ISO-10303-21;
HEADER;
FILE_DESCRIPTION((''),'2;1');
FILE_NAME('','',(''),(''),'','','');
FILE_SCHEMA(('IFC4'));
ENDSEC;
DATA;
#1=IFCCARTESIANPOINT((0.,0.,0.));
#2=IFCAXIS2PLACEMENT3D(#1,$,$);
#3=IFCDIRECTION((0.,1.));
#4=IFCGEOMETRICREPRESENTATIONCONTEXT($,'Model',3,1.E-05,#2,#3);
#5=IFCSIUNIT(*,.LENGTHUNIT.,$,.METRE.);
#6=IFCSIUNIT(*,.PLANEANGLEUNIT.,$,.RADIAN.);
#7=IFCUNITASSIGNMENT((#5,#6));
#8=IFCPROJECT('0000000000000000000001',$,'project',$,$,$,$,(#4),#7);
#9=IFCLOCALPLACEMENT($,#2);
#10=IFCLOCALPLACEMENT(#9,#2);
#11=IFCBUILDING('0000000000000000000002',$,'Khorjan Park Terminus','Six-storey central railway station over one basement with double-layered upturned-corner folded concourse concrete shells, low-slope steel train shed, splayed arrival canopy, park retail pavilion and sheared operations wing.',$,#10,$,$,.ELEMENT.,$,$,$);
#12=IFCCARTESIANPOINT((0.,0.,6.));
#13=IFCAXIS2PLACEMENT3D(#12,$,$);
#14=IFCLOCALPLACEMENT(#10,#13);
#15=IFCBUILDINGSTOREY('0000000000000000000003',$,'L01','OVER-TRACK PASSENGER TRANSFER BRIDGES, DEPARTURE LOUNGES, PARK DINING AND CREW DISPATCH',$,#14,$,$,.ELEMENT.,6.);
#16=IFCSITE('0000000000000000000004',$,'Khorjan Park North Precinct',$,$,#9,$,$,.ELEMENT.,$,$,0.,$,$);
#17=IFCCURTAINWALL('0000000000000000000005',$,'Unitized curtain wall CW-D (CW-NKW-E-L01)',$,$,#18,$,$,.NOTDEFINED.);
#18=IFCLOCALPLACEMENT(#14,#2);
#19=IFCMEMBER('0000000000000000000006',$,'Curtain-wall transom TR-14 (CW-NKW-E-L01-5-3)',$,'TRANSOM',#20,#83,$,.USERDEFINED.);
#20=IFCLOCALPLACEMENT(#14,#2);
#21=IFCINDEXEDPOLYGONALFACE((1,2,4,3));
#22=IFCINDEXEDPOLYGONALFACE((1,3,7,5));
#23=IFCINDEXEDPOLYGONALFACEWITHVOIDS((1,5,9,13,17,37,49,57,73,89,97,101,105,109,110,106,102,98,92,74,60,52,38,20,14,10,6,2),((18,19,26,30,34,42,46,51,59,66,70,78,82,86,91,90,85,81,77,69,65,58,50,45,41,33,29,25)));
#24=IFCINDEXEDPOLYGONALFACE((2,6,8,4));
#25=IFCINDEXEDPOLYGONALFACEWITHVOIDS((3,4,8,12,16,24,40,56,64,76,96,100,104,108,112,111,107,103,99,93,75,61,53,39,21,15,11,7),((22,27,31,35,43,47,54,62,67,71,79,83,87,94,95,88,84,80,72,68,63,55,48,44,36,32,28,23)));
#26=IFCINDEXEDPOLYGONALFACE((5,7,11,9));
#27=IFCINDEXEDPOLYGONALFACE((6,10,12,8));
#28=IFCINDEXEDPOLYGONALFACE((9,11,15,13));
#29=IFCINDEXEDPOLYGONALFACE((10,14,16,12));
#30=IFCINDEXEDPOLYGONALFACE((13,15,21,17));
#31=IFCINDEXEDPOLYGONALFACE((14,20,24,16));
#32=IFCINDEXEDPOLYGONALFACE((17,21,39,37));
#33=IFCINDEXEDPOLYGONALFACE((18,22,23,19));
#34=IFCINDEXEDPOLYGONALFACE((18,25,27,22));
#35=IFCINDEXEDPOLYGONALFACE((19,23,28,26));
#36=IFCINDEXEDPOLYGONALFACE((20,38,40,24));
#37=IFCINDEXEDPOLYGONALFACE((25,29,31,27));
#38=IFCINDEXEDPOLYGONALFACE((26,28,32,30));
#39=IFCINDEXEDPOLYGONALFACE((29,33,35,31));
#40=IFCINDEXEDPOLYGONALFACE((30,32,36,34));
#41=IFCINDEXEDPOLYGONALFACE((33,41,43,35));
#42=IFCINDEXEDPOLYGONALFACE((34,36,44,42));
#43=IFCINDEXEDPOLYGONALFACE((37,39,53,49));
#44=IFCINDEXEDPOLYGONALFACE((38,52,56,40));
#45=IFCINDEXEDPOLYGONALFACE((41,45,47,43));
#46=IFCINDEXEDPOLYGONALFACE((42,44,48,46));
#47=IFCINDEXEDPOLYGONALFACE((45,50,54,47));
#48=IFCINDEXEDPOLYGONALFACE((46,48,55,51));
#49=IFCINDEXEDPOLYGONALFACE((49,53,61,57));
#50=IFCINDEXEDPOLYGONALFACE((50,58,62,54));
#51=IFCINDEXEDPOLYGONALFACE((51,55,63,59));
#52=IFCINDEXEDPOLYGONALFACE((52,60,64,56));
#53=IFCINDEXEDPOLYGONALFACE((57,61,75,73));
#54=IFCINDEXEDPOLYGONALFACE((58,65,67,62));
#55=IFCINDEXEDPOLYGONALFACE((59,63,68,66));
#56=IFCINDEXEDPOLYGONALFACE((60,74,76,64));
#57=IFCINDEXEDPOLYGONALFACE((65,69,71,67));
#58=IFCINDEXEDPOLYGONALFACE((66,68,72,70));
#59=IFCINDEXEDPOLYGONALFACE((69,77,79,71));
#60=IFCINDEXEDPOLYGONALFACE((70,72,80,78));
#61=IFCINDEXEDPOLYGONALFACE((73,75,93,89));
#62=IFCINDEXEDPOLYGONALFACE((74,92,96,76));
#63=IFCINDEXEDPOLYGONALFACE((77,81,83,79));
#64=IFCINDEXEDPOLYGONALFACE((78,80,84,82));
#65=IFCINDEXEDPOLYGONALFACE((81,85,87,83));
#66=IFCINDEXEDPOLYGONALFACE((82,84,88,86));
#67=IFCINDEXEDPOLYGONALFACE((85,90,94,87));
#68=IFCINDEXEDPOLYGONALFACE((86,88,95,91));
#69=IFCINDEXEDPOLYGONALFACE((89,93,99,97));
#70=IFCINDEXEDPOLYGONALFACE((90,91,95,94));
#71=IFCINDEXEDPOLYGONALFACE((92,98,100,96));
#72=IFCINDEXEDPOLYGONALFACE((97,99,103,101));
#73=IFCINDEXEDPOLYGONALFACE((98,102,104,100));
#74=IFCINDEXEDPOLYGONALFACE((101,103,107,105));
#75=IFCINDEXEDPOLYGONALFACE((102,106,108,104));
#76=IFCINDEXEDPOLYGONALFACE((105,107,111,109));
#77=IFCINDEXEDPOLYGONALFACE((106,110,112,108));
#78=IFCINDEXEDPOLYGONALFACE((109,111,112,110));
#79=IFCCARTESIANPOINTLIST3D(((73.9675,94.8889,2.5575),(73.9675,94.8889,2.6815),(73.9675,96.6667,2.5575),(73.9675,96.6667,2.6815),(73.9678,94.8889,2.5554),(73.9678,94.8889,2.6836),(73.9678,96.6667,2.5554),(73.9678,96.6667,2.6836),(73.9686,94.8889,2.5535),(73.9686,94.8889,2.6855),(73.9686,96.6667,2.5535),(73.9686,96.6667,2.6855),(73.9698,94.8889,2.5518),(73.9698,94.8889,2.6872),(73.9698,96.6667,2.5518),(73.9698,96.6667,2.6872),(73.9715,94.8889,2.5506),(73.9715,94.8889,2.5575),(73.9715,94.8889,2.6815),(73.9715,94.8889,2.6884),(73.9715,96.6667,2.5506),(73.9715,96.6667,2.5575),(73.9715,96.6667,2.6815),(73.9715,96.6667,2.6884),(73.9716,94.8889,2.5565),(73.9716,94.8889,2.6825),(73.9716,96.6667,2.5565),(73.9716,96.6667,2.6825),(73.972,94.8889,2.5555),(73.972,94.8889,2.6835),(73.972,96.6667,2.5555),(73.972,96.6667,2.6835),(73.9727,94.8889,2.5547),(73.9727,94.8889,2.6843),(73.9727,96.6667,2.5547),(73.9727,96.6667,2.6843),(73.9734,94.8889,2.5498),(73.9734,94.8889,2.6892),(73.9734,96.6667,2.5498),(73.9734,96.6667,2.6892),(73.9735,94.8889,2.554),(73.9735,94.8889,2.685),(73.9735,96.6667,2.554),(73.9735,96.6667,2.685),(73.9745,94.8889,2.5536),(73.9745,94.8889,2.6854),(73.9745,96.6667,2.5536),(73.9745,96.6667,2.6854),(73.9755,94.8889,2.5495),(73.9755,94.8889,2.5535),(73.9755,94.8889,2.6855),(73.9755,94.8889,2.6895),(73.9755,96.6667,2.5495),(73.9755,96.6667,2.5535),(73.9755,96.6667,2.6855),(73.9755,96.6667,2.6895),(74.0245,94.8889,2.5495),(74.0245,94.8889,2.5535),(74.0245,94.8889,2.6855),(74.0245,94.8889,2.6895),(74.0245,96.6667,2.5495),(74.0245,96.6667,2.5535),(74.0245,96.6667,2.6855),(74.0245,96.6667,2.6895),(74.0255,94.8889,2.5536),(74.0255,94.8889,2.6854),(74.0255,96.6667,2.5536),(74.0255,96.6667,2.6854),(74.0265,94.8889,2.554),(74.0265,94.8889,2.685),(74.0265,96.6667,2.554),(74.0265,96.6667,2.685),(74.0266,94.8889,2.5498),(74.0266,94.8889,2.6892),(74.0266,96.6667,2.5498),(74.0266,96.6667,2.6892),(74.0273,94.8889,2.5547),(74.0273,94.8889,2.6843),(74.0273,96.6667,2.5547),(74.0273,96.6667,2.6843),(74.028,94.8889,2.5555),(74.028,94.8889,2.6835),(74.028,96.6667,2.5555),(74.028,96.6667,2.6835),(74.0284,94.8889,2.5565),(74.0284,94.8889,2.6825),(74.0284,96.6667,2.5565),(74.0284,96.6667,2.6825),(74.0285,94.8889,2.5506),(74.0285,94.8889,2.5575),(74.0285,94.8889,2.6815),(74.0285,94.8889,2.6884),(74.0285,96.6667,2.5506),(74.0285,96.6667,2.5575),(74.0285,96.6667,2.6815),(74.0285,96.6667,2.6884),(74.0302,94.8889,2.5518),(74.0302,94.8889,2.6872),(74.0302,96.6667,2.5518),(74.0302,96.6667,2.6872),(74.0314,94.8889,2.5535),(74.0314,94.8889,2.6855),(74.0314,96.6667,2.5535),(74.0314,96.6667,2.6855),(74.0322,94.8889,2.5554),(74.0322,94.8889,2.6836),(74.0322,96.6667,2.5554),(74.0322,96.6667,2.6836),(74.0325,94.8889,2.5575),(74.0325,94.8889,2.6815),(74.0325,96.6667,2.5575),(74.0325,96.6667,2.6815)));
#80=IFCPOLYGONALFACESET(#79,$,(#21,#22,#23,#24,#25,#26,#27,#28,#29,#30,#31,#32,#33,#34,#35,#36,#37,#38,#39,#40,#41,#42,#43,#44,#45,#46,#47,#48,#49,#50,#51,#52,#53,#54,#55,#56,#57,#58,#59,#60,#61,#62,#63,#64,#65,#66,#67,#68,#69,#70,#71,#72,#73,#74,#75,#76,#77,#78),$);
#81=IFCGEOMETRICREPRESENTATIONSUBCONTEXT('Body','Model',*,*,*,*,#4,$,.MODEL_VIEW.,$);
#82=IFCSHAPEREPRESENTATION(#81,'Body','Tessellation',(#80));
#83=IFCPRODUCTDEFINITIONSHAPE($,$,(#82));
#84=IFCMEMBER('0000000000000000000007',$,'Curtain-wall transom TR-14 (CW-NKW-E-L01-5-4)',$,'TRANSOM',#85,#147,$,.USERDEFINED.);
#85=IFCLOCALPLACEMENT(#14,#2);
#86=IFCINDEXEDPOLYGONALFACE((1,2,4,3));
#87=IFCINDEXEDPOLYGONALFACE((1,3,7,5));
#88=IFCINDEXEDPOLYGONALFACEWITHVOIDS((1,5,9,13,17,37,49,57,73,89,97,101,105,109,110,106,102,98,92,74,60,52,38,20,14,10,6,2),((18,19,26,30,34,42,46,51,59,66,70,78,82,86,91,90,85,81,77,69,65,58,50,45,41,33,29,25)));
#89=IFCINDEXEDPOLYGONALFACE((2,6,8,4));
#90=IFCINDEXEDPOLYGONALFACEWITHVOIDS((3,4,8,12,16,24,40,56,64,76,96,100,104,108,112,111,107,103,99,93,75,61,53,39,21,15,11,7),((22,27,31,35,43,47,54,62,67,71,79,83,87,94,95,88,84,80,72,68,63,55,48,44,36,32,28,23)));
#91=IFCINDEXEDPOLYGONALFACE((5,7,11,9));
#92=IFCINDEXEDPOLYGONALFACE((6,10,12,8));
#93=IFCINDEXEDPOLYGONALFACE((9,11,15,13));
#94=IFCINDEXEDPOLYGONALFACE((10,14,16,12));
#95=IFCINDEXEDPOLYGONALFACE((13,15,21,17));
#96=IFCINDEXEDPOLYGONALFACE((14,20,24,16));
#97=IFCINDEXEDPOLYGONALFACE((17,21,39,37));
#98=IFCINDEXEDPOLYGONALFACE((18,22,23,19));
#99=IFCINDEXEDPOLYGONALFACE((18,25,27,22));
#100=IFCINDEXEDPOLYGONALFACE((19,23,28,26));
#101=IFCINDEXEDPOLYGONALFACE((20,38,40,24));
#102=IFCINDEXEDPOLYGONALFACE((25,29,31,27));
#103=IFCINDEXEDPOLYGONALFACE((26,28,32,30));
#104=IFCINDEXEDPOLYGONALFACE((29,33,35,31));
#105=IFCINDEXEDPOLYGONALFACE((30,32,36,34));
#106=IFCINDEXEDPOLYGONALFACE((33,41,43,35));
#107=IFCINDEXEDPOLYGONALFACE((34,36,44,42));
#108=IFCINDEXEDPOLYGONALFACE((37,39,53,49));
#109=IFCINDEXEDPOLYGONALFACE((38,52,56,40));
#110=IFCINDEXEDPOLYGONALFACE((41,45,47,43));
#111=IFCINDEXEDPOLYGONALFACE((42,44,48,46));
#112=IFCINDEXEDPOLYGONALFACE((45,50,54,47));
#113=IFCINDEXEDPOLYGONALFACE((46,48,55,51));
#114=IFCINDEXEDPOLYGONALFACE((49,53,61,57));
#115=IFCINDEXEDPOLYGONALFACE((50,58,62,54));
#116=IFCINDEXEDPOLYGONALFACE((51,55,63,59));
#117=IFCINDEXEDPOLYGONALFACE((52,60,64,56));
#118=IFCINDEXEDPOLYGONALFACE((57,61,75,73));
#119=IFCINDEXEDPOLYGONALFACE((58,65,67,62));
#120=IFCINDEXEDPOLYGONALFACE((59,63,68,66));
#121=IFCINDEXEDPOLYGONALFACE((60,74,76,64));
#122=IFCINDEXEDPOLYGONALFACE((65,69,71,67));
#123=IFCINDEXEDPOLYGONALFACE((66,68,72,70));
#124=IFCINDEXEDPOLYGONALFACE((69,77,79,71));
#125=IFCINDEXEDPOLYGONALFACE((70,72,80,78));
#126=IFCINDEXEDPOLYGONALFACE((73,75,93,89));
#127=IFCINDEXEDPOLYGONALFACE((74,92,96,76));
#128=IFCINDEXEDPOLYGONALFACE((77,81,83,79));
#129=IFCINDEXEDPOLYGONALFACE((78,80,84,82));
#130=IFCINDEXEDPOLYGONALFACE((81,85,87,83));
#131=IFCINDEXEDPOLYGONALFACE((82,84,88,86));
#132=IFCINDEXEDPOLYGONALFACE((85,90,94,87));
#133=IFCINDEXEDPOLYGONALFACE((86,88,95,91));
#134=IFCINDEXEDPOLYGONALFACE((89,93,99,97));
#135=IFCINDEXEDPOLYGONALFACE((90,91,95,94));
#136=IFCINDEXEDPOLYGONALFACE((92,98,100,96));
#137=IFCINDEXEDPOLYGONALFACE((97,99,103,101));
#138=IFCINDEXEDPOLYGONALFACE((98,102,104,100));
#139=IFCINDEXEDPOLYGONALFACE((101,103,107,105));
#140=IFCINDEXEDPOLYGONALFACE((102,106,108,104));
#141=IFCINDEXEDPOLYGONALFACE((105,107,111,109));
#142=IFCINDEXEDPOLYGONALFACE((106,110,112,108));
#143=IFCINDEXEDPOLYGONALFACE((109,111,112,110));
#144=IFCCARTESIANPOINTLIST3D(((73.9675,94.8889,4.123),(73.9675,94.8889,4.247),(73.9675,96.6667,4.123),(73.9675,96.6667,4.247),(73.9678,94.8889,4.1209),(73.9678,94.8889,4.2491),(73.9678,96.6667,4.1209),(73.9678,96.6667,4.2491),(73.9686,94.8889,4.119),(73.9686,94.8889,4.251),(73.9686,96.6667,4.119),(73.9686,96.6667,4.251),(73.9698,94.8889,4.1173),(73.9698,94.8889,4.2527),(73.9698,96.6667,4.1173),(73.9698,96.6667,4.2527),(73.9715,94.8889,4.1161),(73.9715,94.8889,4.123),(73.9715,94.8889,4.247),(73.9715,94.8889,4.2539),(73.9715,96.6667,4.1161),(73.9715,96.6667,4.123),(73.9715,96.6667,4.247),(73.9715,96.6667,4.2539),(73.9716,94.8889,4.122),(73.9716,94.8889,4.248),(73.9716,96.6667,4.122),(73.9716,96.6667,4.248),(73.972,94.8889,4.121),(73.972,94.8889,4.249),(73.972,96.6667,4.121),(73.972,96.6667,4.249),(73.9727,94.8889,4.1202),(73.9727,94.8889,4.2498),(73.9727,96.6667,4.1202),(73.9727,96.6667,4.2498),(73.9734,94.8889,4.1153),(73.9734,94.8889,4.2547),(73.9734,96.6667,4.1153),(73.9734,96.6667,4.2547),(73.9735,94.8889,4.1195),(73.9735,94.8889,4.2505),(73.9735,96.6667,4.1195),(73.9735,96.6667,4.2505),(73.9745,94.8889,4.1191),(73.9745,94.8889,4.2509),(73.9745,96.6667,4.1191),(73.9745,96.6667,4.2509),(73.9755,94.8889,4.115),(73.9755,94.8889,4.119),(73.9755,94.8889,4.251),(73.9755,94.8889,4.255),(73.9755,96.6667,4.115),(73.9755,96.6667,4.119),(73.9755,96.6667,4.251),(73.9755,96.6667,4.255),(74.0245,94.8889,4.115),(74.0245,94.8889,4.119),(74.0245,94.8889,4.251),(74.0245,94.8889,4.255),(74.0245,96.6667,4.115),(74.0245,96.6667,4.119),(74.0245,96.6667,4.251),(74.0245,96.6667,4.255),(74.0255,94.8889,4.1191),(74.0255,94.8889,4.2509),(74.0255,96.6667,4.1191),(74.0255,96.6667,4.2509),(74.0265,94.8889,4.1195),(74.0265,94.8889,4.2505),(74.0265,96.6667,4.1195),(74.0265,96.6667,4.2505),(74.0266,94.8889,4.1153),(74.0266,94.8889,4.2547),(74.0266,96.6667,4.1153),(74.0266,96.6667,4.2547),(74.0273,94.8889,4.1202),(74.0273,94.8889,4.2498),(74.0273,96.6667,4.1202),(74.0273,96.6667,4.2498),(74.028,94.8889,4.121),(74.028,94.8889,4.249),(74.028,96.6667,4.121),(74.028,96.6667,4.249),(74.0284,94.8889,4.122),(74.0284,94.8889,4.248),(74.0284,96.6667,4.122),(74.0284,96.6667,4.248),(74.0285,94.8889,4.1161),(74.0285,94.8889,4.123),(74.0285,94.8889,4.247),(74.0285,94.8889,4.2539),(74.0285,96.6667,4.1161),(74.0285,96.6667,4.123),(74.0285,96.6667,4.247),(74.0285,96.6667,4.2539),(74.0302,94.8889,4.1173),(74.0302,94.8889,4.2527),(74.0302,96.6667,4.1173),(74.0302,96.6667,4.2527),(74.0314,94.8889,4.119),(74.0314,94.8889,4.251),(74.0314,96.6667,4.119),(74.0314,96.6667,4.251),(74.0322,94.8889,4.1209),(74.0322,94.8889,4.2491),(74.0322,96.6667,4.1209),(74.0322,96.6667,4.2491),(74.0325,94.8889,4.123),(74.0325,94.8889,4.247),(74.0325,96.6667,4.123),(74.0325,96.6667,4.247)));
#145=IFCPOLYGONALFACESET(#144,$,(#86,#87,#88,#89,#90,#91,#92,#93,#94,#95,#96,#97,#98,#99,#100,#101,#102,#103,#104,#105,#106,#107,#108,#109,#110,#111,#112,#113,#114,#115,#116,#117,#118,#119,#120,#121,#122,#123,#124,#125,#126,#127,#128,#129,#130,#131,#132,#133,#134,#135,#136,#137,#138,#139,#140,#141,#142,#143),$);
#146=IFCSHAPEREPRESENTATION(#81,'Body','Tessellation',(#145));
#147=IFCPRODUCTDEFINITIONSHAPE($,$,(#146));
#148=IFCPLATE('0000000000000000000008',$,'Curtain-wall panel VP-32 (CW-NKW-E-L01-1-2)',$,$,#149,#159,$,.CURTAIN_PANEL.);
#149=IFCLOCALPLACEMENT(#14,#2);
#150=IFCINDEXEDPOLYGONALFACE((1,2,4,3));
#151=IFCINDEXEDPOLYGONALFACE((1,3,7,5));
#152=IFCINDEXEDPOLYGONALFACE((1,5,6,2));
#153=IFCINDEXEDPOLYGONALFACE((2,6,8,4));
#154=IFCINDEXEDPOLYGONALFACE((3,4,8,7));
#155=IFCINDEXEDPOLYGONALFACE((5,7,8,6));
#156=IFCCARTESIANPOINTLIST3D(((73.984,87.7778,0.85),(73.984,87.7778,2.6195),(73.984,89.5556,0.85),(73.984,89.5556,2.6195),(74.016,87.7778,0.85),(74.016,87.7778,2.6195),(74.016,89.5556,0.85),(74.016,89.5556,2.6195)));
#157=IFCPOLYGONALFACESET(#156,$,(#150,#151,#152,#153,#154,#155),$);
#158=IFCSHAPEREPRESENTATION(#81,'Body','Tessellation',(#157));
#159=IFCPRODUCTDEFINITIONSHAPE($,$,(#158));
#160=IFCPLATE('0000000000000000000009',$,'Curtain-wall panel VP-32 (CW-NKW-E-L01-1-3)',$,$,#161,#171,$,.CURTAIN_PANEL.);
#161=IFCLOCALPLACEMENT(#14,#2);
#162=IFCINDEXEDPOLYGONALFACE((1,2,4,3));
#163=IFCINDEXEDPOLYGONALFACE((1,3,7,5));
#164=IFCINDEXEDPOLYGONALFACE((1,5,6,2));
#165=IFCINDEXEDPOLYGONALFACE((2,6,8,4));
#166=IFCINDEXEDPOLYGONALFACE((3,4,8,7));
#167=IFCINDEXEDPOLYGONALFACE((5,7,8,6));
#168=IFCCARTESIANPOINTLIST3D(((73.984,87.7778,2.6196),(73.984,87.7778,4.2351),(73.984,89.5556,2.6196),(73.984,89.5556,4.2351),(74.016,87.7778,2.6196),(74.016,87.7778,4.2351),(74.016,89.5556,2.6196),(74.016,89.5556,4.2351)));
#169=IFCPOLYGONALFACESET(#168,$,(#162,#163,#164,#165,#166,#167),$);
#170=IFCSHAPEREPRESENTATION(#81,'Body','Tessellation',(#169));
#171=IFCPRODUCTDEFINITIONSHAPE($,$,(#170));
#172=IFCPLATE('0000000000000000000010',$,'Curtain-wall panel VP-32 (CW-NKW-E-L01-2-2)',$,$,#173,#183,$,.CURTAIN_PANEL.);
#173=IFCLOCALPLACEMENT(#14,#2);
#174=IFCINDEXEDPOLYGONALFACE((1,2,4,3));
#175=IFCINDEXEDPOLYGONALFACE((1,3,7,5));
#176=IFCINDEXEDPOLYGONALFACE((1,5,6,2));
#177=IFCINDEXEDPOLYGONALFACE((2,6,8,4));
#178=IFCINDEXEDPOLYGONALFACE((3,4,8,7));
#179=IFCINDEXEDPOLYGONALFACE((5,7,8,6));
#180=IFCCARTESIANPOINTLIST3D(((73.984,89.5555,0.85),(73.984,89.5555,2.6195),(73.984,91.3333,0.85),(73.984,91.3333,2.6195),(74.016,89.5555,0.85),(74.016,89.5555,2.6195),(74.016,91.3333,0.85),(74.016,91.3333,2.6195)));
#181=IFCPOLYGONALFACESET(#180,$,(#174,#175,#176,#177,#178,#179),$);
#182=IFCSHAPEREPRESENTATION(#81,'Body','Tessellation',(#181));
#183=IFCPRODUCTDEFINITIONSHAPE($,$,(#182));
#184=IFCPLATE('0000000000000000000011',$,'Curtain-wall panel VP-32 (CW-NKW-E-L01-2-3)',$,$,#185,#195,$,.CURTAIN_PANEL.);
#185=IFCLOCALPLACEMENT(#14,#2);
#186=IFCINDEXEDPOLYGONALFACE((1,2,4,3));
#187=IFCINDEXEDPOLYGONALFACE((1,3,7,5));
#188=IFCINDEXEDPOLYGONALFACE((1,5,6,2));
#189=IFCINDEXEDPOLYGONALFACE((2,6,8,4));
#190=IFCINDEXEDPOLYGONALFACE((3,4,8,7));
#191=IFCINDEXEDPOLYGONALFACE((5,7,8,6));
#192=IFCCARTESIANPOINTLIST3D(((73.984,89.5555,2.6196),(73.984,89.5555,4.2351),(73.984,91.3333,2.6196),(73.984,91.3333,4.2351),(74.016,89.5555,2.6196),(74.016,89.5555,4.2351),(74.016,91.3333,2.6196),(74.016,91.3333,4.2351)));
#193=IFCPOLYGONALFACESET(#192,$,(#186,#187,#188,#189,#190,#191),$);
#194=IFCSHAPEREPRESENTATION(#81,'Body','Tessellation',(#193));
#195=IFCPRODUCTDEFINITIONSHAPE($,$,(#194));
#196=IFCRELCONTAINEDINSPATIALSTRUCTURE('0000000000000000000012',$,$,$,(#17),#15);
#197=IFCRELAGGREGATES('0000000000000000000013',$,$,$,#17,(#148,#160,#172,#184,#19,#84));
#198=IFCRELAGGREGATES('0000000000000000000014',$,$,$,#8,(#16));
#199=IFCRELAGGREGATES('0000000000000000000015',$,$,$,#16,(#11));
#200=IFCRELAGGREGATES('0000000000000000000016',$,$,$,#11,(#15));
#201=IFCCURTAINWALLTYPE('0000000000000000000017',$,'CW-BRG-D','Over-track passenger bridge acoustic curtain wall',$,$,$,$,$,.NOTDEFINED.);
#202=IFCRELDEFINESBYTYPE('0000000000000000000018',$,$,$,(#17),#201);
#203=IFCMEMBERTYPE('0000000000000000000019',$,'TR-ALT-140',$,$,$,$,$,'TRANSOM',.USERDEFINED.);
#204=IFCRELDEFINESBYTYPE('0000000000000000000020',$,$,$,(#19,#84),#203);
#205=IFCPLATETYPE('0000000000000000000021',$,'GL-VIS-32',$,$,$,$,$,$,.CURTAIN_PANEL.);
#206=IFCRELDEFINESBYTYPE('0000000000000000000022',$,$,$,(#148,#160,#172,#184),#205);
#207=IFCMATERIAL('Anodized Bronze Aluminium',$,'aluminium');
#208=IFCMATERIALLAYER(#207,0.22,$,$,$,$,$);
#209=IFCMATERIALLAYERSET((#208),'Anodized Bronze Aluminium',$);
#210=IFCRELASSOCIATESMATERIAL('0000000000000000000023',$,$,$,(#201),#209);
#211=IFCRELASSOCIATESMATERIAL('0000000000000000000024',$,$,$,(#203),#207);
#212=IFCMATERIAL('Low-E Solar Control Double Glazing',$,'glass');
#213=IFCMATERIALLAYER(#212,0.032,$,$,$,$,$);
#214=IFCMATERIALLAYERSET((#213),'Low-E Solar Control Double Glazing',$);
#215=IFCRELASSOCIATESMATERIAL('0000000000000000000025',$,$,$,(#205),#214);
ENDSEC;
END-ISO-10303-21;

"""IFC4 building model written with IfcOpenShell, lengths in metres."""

from ifc_helpers import new_model, si_unit, direction, frame, origin, origin_2d, place, context, subcontext, project, spatial, rectangle, hollow_rectangle, extrude, material, layer, layer_set, material_profile, profile_set, type_object, element, aggregate, save


model = new_model("IFC4")

# Units and contexts
model_context = context("Model", 3, precision=1e-05, world=origin(), true_north=direction((0.0, 1.0)))
body_context = subcontext(model_context, "Body", "Model", "MODEL_VIEW")
ifc_project = project(units=[si_unit("LENGTHUNIT", "METRE"), si_unit("PLANEANGLEUNIT", "RADIAN")], contexts=[model_context])

# Site, building, storey
site_placement = place(None, origin())
site = spatial("IfcSite", under=ifc_project, at=site_placement, Name="Khorjan Park North Precinct", CompositionType="ELEMENT", RefElevation=0.0)
building_placement = place(site_placement, origin())
building = spatial("IfcBuilding", under=site, at=building_placement, Name="Khorjan Park Terminus", Description="Six-storey central railway station over one basement with double-layered upturned-corner folded concourse concrete shells, low-slope steel train shed, splayed arrival canopy, park retail pavilion and sheared operations wing.", CompositionType="ELEMENT")
storey_placement = place(building_placement, frame((0.0, 0.0, 6.0)))
storey = spatial("IfcBuildingStorey", under=building, at=storey_placement, Name="L01", Description="OVER-TRACK PASSENGER TRANSFER BRIDGES, DEPARTURE LOUNGES, PARK DINING AND CREW DISPATCH", CompositionType="ELEMENT", Elevation=6.0)

# Curtain wall, members, plates
ifc_material_1 = material(Name="Anodized Bronze Aluminium", Category="aluminium")
ifc_layer_1 = layer(ifc_material_1, 0.22)
ifc_layer_set_1 = layer_set([ifc_layer_1], Name="Anodized Bronze Aluminium")
curtain_wall_type = type_object("IfcCurtainWallType", Name="CW-BRG-D", Description="Over-track passenger bridge acoustic curtain wall", PredefinedType="NOTDEFINED", material=ifc_layer_set_1)
curtain_wall_placement = place(storey_placement, origin())
curtain_wall = element("IfcCurtainWall", 1, at=curtain_wall_placement, inside=storey, type_object=curtain_wall_type, Name="Unitized curtain wall CW-D (CW-NKW-E-L01)", PredefinedType="NOTDEFINED")
ifc_material_profile_1 = material_profile(ifc_material_1, hollow_rectangle(XDim=0.065, YDim=0.14, WallThickness=0.004, InnerFilletRadius=0.004, OuterFilletRadius=0.008, at=origin_2d()), Name="ALT 65x140x4")
ifc_profile_set_1 = profile_set([ifc_material_profile_1], Name="Anodized Bronze Aluminium")
member_type_1 = type_object("IfcMemberType", Name="TR-ALT-140", ElementType="TRANSOM", PredefinedType="USERDEFINED", material=ifc_profile_set_1)
member_1_placement = place(storey_placement, frame((74.0, 94.8889, 2.6195), z_axis=(0.0, 1.0, 0.0), x_axis=(-1.0, 0.0, 0.0)))
member_1 = element("IfcMember", 2, at=member_1_placement, type_object=member_type_1, Name="Curtain-wall transom TR-14 (CW-NKW-E-L01-5-3)", ObjectType="TRANSOM", PredefinedType="USERDEFINED", context=body_context, shape_type="SweptSolid", body=[
    extrude(hollow_rectangle(XDim=0.065, YDim=0.14, WallThickness=0.004, InnerFilletRadius=0.004, OuterFilletRadius=0.008, at=origin_2d()), origin(), (0.0, 0.0, 1.0), 1.7778),
])
member_2_placement = place(storey_placement, frame((74.0, 94.8889, 4.185), z_axis=(0.0, 1.0, 0.0), x_axis=(-1.0, 0.0, 0.0)))
member_2 = element("IfcMember", 3, at=member_2_placement, type_object=member_type_1, Name="Curtain-wall transom TR-14 (CW-NKW-E-L01-5-4)", ObjectType="TRANSOM", PredefinedType="USERDEFINED", context=body_context, shape_type="SweptSolid", body=[
    extrude(hollow_rectangle(XDim=0.065, YDim=0.14, WallThickness=0.004, InnerFilletRadius=0.004, OuterFilletRadius=0.008, at=origin_2d()), origin(), (0.0, 0.0, 1.0), 1.7778),
])
ifc_material_2 = material(Name="Low-E Solar Control Double Glazing", Category="glass")
ifc_layer_2 = layer(ifc_material_2, 0.032)
ifc_layer_set_2 = layer_set([ifc_layer_2], Name="Low-E Solar Control Double Glazing")
plate_type_1 = type_object("IfcPlateType", Name="GL-VIS-32", PredefinedType="CURTAIN_PANEL", material=ifc_layer_set_2)
plate_1_placement = place(storey_placement, frame((74.0, 88.6667, 0.85), z_axis=(0.0, 0.0, 1.0), x_axis=(0.0, 1.0, 0.0)))
plate_1 = element("IfcPlate", 4, at=plate_1_placement, type_object=plate_type_1, Name="Curtain-wall panel VP-32 (CW-NKW-E-L01-1-2)", PredefinedType="CURTAIN_PANEL", context=body_context, shape_type="SweptSolid", body=[
    extrude(rectangle(XDim=1.7778, YDim=0.032, at=origin_2d()), origin(), (0.0, 0.0, 1.0), 1.7695),
])
plate_2_placement = place(storey_placement, frame((74.0, 88.6667, 2.6196), z_axis=(0.0, 0.0, 1.0), x_axis=(0.0, 1.0, 0.0)))
plate_2 = element("IfcPlate", 5, at=plate_2_placement, type_object=plate_type_1, Name="Curtain-wall panel VP-32 (CW-NKW-E-L01-1-3)", PredefinedType="CURTAIN_PANEL", context=body_context, shape_type="SweptSolid", body=[
    extrude(rectangle(XDim=1.7778, YDim=0.032, at=origin_2d()), origin(), (0.0, 0.0, 1.0), 1.6155),
])
plate_3_placement = place(storey_placement, frame((74.0, 90.4444, 0.85), z_axis=(0.0, 0.0, 1.0), x_axis=(0.0, 1.0, 0.0)))
plate_3 = element("IfcPlate", 6, at=plate_3_placement, type_object=plate_type_1, Name="Curtain-wall panel VP-32 (CW-NKW-E-L01-2-2)", PredefinedType="CURTAIN_PANEL", context=body_context, shape_type="SweptSolid", body=[
    extrude(rectangle(XDim=1.7778, YDim=0.032, at=origin_2d()), origin(), (0.0, 0.0, 1.0), 1.7695),
])
plate_4_placement = place(storey_placement, frame((74.0, 90.4444, 2.6196), z_axis=(0.0, 0.0, 1.0), x_axis=(0.0, 1.0, 0.0)))
plate_4 = element("IfcPlate", 7, at=plate_4_placement, type_object=plate_type_1, Name="Curtain-wall panel VP-32 (CW-NKW-E-L01-2-3)", PredefinedType="CURTAIN_PANEL", context=body_context, shape_type="SweptSolid", body=[
    extrude(rectangle(XDim=1.7778, YDim=0.032, at=origin_2d()), origin(), (0.0, 0.0, 1.0), 1.6155),
])
aggregate(curtain_wall, [plate_1, plate_2, plate_3, plate_4, member_1, member_2])

save(model, "model.ifc")
